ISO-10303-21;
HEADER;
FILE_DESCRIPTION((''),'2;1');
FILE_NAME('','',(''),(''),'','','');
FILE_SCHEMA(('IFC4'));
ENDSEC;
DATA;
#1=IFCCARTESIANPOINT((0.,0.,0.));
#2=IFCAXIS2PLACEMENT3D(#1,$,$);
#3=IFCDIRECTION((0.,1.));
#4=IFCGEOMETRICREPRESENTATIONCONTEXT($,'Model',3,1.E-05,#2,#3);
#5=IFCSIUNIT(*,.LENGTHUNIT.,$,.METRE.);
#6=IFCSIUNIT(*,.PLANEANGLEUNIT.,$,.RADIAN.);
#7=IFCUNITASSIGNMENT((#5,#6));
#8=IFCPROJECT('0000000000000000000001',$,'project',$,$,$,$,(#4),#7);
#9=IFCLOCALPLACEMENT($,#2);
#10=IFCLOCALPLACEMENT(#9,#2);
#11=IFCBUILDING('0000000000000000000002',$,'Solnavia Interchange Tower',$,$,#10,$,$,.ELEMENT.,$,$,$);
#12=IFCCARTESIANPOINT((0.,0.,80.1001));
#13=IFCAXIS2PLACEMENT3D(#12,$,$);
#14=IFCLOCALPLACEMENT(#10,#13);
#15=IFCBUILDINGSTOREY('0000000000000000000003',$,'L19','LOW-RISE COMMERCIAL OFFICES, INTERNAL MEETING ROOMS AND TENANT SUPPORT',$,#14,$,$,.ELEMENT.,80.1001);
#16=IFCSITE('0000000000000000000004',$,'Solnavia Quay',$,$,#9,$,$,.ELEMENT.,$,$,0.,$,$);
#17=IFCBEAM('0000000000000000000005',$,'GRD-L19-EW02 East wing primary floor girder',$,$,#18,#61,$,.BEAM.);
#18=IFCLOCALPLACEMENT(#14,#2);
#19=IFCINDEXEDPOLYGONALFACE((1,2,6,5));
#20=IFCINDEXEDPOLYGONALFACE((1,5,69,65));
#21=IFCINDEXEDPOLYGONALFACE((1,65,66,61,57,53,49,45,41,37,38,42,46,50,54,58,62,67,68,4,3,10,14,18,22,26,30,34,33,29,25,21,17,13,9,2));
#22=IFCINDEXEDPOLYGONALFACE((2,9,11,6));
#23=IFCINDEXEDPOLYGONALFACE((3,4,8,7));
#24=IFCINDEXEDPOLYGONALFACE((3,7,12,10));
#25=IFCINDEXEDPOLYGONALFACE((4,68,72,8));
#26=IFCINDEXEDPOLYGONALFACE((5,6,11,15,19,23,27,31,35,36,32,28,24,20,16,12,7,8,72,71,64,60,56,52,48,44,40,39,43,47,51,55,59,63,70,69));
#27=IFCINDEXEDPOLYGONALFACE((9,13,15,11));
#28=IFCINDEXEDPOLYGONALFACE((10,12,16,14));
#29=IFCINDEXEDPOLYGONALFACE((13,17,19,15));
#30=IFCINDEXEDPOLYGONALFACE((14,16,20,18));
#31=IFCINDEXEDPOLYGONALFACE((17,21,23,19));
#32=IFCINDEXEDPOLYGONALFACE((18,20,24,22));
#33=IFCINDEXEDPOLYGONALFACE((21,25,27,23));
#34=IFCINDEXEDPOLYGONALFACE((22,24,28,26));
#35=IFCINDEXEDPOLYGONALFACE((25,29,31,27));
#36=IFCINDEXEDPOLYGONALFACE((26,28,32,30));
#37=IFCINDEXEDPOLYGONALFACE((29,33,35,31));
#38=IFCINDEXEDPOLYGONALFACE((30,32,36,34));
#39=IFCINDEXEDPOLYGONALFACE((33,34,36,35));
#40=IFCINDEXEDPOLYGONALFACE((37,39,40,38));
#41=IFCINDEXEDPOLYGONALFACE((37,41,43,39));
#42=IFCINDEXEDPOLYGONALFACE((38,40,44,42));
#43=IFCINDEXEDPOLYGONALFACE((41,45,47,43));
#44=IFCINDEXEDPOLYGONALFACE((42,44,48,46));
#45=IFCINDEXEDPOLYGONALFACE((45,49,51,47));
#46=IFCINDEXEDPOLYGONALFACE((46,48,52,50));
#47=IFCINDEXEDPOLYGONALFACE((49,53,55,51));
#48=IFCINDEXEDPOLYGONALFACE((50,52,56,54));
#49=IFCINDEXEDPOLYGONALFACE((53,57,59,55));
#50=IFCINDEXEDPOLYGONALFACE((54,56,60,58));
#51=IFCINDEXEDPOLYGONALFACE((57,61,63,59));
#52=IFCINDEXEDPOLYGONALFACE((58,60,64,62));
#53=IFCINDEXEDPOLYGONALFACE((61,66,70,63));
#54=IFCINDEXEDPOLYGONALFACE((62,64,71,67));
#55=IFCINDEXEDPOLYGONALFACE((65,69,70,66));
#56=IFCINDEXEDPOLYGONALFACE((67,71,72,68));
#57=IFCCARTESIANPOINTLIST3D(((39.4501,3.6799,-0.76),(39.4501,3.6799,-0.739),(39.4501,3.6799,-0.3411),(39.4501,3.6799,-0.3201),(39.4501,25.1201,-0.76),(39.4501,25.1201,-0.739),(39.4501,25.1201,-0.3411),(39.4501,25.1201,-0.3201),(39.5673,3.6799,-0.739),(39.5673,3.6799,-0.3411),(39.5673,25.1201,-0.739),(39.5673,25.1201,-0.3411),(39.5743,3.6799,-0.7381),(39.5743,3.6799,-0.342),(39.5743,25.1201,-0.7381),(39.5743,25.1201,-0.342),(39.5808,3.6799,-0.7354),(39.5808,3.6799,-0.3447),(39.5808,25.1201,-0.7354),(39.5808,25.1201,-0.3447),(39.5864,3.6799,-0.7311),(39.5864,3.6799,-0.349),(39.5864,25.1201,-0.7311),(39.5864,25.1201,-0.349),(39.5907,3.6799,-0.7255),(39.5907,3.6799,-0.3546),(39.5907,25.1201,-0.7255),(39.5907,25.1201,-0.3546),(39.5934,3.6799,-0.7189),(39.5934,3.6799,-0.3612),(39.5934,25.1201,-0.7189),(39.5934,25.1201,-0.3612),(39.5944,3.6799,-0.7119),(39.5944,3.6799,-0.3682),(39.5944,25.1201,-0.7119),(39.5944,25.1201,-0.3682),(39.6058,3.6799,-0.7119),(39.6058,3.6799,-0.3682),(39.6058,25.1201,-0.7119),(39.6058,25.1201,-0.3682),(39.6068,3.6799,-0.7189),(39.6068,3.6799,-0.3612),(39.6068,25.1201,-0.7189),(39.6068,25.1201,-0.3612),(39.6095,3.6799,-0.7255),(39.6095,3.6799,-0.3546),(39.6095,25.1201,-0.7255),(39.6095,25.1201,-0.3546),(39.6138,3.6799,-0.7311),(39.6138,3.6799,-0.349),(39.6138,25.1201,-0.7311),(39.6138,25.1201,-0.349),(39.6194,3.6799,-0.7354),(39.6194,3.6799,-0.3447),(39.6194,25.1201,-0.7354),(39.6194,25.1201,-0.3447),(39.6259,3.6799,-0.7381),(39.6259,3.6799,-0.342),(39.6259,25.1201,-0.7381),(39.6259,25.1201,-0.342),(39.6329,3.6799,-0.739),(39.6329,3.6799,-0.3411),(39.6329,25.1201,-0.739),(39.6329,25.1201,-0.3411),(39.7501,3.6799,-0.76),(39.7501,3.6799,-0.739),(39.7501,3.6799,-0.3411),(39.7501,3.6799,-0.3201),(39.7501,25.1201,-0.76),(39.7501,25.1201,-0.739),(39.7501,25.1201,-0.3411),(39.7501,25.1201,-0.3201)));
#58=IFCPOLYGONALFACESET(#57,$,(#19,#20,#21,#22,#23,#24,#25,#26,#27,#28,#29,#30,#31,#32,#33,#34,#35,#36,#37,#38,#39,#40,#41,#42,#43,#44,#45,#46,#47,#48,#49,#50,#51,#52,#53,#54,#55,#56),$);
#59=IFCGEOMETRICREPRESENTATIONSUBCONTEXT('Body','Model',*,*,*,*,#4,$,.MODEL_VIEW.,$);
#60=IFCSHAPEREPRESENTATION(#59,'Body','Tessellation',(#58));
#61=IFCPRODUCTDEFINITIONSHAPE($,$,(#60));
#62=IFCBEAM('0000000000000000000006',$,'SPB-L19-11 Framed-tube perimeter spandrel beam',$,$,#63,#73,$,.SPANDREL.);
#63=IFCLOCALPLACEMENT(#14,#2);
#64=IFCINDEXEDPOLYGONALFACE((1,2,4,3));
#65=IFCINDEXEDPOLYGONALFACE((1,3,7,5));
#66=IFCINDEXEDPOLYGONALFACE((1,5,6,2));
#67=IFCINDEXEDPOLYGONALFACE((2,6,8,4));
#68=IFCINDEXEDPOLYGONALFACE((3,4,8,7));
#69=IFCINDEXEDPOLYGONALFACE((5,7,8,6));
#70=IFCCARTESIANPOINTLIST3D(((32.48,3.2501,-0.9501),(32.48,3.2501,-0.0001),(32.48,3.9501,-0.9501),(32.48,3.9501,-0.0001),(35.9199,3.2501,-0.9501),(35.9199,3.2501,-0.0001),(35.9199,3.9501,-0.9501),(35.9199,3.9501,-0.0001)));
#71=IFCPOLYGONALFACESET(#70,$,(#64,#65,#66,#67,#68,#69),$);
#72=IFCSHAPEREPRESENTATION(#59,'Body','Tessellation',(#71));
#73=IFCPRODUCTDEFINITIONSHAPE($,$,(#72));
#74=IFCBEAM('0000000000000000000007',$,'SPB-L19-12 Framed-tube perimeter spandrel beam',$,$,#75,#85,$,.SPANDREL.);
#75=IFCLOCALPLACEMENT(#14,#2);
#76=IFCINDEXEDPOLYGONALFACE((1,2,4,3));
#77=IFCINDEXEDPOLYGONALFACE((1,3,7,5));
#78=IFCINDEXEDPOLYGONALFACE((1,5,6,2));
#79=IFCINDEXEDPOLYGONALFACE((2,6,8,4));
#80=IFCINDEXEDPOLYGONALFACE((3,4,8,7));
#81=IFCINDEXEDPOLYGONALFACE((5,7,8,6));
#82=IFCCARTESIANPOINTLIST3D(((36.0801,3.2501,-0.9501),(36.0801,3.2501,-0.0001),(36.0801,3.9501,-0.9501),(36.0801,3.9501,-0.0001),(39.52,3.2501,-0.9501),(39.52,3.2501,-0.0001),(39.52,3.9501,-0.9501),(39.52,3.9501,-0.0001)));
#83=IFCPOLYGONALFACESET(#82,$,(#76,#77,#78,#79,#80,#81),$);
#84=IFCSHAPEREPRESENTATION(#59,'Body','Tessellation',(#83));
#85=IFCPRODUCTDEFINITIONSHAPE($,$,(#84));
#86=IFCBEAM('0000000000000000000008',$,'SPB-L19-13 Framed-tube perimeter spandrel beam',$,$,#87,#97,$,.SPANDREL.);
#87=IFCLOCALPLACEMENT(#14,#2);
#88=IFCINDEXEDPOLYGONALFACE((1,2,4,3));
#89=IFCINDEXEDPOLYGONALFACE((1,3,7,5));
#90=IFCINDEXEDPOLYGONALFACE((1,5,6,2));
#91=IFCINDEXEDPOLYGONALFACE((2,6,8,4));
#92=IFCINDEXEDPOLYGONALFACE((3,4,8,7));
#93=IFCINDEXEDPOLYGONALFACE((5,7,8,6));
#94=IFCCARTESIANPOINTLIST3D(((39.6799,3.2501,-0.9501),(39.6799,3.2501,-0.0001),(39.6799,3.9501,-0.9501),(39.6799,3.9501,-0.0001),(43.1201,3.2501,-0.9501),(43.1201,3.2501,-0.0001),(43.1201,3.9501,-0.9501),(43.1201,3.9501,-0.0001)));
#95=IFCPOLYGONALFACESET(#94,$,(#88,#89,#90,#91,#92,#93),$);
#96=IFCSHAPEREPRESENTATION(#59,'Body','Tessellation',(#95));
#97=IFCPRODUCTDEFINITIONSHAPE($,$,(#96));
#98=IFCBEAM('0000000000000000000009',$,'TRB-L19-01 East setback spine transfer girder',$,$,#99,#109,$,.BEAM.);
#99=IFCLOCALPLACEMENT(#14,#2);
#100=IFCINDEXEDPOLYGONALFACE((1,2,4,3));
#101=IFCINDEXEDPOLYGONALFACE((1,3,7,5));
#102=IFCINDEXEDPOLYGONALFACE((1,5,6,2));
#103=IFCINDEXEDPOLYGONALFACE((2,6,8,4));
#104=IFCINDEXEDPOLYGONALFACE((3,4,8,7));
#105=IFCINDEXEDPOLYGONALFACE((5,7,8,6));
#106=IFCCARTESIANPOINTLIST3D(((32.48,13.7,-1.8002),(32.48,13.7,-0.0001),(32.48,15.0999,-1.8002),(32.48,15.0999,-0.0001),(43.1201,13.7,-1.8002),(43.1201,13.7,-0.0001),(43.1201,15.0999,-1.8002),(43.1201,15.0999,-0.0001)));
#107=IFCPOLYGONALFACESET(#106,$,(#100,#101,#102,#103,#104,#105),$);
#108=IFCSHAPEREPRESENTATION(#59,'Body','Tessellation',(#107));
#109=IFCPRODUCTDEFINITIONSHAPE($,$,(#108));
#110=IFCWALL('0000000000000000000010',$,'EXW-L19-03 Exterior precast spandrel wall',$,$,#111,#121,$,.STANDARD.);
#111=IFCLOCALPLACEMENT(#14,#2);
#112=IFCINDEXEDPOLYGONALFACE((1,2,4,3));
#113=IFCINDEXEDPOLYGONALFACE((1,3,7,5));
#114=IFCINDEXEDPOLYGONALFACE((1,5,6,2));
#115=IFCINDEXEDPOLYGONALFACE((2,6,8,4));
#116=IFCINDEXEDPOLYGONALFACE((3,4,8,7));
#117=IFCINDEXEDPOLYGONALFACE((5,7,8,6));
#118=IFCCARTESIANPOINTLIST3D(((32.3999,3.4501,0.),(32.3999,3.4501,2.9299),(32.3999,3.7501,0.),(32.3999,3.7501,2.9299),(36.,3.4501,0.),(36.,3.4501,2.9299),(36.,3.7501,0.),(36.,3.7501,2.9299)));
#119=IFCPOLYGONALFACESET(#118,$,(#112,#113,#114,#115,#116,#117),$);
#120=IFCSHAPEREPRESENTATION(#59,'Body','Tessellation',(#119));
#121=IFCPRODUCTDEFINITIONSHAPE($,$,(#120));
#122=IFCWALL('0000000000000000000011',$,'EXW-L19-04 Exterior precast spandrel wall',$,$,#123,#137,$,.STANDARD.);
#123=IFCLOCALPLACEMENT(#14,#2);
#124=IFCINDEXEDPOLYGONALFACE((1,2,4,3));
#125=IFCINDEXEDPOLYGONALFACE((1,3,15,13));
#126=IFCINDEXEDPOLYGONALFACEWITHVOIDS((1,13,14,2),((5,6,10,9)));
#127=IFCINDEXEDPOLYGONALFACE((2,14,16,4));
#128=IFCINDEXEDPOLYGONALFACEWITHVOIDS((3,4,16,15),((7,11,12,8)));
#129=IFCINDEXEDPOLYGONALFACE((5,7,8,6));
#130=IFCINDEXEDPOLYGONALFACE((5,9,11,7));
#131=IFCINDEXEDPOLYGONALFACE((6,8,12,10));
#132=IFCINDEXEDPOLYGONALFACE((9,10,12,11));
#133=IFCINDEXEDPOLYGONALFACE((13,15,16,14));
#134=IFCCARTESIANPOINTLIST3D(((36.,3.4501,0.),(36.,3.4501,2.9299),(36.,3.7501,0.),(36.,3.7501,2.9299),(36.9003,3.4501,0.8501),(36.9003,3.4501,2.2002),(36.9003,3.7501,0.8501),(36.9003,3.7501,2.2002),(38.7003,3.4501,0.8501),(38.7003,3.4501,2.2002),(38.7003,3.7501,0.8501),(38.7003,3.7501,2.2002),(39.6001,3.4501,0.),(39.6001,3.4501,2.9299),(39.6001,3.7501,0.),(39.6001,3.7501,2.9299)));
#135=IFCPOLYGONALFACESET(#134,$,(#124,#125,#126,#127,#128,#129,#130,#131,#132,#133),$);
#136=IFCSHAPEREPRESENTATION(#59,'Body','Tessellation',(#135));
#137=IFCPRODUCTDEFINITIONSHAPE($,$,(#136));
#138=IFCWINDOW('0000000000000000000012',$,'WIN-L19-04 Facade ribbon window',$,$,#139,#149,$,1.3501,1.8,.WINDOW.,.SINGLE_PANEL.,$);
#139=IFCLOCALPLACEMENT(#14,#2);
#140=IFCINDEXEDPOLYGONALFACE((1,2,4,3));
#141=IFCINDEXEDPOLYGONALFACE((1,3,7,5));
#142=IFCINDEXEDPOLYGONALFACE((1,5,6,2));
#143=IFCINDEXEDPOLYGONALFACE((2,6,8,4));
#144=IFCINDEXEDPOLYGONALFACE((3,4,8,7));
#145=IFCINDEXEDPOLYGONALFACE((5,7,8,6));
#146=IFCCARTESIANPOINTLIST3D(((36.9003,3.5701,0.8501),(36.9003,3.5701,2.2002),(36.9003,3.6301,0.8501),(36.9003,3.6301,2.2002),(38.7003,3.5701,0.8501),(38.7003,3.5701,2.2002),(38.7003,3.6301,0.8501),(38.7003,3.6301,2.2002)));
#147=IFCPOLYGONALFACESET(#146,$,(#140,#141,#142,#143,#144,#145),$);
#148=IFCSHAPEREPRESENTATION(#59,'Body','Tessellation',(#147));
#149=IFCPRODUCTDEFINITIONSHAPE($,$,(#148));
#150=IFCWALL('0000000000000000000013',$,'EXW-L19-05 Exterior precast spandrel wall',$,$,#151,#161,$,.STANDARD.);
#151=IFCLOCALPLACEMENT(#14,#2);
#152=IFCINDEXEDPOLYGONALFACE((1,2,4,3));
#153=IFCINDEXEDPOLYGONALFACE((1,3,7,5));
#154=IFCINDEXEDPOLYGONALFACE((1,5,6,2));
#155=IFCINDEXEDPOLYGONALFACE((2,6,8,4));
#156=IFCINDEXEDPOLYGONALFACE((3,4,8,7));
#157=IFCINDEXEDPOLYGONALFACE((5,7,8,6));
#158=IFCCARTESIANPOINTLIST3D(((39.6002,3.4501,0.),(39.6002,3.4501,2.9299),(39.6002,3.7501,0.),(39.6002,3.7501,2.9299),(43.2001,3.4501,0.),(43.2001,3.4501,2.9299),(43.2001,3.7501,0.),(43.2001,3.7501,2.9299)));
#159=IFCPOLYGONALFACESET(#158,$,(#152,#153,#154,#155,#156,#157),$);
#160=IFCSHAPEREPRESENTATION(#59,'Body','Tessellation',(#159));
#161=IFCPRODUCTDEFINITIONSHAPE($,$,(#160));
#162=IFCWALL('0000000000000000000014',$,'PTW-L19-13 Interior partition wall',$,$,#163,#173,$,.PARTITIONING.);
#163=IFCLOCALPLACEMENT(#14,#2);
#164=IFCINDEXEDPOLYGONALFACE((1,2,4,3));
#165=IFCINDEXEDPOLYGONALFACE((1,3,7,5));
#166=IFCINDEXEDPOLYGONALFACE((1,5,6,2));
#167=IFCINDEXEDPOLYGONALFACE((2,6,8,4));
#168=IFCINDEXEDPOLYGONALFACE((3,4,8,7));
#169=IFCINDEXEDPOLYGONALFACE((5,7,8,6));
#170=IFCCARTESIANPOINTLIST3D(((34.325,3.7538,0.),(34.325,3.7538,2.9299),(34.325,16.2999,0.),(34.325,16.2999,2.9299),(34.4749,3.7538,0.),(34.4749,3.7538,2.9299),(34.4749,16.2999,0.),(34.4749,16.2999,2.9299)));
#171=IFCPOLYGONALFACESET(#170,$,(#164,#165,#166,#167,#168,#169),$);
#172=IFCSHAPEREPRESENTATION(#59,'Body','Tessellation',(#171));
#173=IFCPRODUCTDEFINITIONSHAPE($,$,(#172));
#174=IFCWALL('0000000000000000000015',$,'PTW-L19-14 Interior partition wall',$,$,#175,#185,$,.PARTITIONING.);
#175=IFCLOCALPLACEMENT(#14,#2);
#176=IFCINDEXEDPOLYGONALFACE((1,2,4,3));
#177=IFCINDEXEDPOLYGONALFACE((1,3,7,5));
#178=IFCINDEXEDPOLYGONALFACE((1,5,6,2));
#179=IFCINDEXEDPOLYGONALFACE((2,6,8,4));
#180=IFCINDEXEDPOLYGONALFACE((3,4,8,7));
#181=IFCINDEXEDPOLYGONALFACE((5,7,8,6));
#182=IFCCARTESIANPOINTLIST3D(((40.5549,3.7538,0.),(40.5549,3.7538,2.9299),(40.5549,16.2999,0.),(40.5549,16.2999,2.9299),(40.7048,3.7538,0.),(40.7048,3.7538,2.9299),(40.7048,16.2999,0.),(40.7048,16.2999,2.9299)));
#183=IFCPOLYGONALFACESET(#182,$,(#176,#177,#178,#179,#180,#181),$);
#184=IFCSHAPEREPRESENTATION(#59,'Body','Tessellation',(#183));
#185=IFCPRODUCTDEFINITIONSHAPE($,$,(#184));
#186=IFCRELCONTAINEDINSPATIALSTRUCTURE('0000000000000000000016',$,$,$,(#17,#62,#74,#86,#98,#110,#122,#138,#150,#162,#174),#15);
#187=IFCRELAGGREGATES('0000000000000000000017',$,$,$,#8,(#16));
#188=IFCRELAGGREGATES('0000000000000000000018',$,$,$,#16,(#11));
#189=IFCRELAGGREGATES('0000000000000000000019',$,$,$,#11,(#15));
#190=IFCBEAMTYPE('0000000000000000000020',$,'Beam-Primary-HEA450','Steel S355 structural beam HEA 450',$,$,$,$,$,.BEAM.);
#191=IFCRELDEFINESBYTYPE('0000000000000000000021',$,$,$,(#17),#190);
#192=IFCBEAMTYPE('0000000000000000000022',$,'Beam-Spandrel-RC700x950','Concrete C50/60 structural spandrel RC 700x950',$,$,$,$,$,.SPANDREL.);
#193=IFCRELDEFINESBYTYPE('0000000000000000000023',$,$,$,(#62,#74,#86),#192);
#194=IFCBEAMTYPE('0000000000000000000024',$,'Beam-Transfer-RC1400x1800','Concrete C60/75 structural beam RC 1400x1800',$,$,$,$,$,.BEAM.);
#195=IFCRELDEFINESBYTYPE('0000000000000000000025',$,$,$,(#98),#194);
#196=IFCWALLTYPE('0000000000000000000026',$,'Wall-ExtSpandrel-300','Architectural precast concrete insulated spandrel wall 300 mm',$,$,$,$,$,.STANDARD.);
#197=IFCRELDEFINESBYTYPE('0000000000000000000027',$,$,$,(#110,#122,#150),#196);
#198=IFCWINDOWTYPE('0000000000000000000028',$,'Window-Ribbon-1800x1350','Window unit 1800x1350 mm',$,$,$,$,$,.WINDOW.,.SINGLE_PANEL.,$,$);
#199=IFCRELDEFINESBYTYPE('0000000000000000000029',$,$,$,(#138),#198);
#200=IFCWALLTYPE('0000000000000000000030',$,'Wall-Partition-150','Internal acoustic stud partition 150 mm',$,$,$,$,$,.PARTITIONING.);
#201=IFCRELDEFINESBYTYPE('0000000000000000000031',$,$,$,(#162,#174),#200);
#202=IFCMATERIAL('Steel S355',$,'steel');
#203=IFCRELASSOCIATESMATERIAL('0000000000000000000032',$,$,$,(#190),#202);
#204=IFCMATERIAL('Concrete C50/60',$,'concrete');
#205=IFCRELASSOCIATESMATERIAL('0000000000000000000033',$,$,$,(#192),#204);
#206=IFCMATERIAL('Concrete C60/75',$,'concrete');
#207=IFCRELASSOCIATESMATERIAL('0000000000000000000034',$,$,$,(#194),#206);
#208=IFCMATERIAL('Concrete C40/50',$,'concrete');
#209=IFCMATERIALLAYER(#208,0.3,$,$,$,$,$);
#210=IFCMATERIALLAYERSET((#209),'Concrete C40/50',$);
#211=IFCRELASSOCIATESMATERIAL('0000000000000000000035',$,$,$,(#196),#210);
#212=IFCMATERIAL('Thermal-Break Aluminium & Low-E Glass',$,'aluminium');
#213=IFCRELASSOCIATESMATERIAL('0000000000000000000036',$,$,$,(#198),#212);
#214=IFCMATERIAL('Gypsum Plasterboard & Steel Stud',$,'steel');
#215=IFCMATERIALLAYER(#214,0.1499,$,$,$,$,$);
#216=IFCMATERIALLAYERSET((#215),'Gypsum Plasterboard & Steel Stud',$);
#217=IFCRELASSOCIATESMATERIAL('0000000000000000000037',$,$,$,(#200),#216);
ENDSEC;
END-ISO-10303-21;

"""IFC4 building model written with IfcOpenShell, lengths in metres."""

from ifc_helpers import new_model, si_unit, direction, frame, frame_2d, origin, origin_2d, place, context, subcontext, project, spatial, rectangle, i_section, extrude, material, layer, layer_set, material_profile, profile_set, type_object, element, fill, save


model = new_model("IFC4")

# Units and contexts
model_context = context("Model", 3, precision=1e-05, world=origin(), true_north=direction((0.0, 1.0)))
body_context = subcontext(model_context, "Body", "Model", "MODEL_VIEW")
ifc_project = project(units=[si_unit("LENGTHUNIT", "METRE"), si_unit("PLANEANGLEUNIT", "RADIAN")], contexts=[model_context])

# Site, building, storey
site_placement = place(None, origin())
site = spatial("IfcSite", under=ifc_project, at=site_placement, Name="Solnavia Quay", CompositionType="ELEMENT", RefElevation=0.0)
building_placement = place(site_placement, origin())
building = spatial("IfcBuilding", under=site, at=building_placement, Name="Solnavia Interchange Tower", CompositionType="ELEMENT")
storey_placement = place(building_placement, frame((0.0, 0.0, 80.1001)))
storey = spatial("IfcBuildingStorey", under=building, at=storey_placement, Name="L19", Description="LOW-RISE COMMERCIAL OFFICES, INTERNAL MEETING ROOMS AND TENANT SUPPORT", CompositionType="ELEMENT", Elevation=80.1001)

# Shared definitions
ifc_material_1 = material(Name="Concrete C50/60", Category="concrete")
ifc_material_2 = material(Name="Steel S355", Category="steel")

# Beams
ifc_material_profile_1 = material_profile(ifc_material_2, i_section(OverallWidth=0.3, OverallDepth=0.4399, WebThickness=0.0115, FlangeThickness=0.021, FilletRadius=0.0271, at=origin_2d()), Name="HEA 450")
ifc_profile_set_1 = profile_set([ifc_material_profile_1], Name="Steel S355")
beam_type_1 = type_object("IfcBeamType", Name="Beam-Primary-HEA450", Description="Steel S355 structural beam HEA 450", PredefinedType="BEAM", material=ifc_profile_set_1)
beam_1_placement = place(storey_placement, frame((39.6001, 3.6799, -0.54), z_axis=(0.0, 1.0, 0.0), x_axis=(-1.0, 0.0, 0.0)))
element("IfcBeam", 1, at=beam_1_placement, inside=storey, type_object=beam_type_1, Name="GRD-L19-EW02 East wing primary floor girder", PredefinedType="BEAM", context=body_context, shape_type="SweptSolid", body=[
    extrude(i_section(OverallWidth=0.3, OverallDepth=0.4399, WebThickness=0.0115, FlangeThickness=0.021, FilletRadius=0.0271, at=origin_2d()), origin(), (0.0, 0.0, 1.0), 21.4402),
])
ifc_material_profile_2 = material_profile(ifc_material_1, rectangle(XDim=0.7, YDim=0.95, at=origin_2d()), Name="RC 700x950")
ifc_profile_set_2 = profile_set([ifc_material_profile_2], Name="Concrete C50/60")
beam_type_2 = type_object("IfcBeamType", Name="Beam-Spandrel-RC700x950", Description="Concrete C50/60 structural spandrel RC 700x950", PredefinedType="SPANDREL", material=ifc_profile_set_2)
for number, where, z_axis, x_axis, name in (
    (2, (32.48, 3.6001, -0.4751), (1.0, 0.0, 0.0), (0.0, 1.0, 0.0), "SPB-L19-11 Framed-tube perimeter spandrel beam"),
    (3, (36.0801, 3.6001, -0.4751), (1.0, 0.0, 0.0), (0.0, 1.0, 0.0), "SPB-L19-12 Framed-tube perimeter spandrel beam"),
):
    element("IfcBeam", number, at=place(storey_placement, frame(where, z_axis=z_axis, x_axis=x_axis)), inside=storey, type_object=beam_type_2, Name=name, PredefinedType="SPANDREL", context=body_context, shape_type="SweptSolid", body=[
        extrude(rectangle(XDim=0.7, YDim=0.95, at=origin_2d()), origin(), (0.0, 0.0, 1.0), 3.4399),
    ])
beam_2_placement = place(storey_placement, frame((39.6799, 3.6001, -0.4751), z_axis=(1.0, 0.0, 0.0), x_axis=(0.0, 1.0, 0.0)))
element("IfcBeam", 4, at=beam_2_placement, inside=storey, type_object=beam_type_2, Name="SPB-L19-13 Framed-tube perimeter spandrel beam", PredefinedType="SPANDREL", context=body_context, shape_type="SweptSolid", body=[
    extrude(rectangle(XDim=0.7, YDim=0.95, at=origin_2d()), origin(), (0.0, 0.0, 1.0), 3.4402),
])
ifc_material_3 = material(Name="Concrete C60/75", Category="concrete")
ifc_material_profile_3 = material_profile(ifc_material_3, rectangle(XDim=1.3999, YDim=1.8, at=origin_2d()), Name="RC 1400x1800")
ifc_profile_set_3 = profile_set([ifc_material_profile_3], Name="Concrete C60/75")
beam_type_3 = type_object("IfcBeamType", Name="Beam-Transfer-RC1400x1800", Description="Concrete C60/75 structural beam RC 1400x1800", PredefinedType="BEAM", material=ifc_profile_set_3)
beam_3_placement = place(storey_placement, frame((32.48, 14.3999, -0.9001), z_axis=(1.0, 0.0, 0.0), x_axis=(0.0, 1.0, 0.0)))
element("IfcBeam", 5, at=beam_3_placement, inside=storey, type_object=beam_type_3, Name="TRB-L19-01 East setback spine transfer girder", PredefinedType="BEAM", context=body_context, shape_type="SweptSolid", body=[
    extrude(rectangle(XDim=1.3999, YDim=1.8, at=origin_2d()), origin(), (0.0, 0.0, 1.0), 10.6401),
])

# Wall
ifc_material_4 = material(Name="Concrete C40/50", Category="concrete")
ifc_layer_1 = layer(ifc_material_4, 0.3)
ifc_layer_set_1 = layer_set([ifc_layer_1], Name="Concrete C40/50")
wall_type_1 = type_object("IfcWallType", Name="Wall-ExtSpandrel-300", Description="Architectural precast concrete insulated spandrel wall 300 mm", PredefinedType="STANDARD", material=ifc_layer_set_1)
wall_1_placement = place(storey_placement, frame((36.0, 3.6001, 0.0), z_axis=(0.0, 0.0, 1.0), x_axis=(-1.0, 0.0, 0.0)))
element("IfcWall", 6, at=wall_1_placement, inside=storey, type_object=wall_type_1, Name="EXW-L19-03 Exterior precast spandrel wall", PredefinedType="STANDARD", context=body_context, shape_type="SweptSolid", body=[
    extrude(rectangle(XDim=3.6001, YDim=0.3, at=frame_2d((1.8, 0.0))), origin(), (0.0, 0.0, 1.0), 2.9299),
])

# Wall, opening, window
wall_2_placement = place(storey_placement, frame((39.6001, 3.6001, 0.0), z_axis=(0.0, 0.0, 1.0), x_axis=(-1.0, 0.0, 0.0)))
wall_2 = element("IfcWall", 7, at=wall_2_placement, inside=storey, type_object=wall_type_1, Name="EXW-L19-04 Exterior precast spandrel wall", PredefinedType="STANDARD", context=body_context, shape_type="SweptSolid", body=[
    extrude(rectangle(XDim=3.6001, YDim=0.3, at=frame_2d((1.8, 0.0))), origin(), (0.0, 0.0, 1.0), 2.9299),
])
opening_1_placement = place(wall_2_placement, frame((0.8999, 0.0, 0.8501)))
opening_1 = element("IfcOpeningElement", 8, at=opening_1_placement, cuts=wall_2, PredefinedType="OPENING", context=body_context, shape_type="SweptSolid", body=[
    extrude(rectangle(XDim=1.8, YDim=1.3501, at=frame_2d((0.8999, 0.675))), frame((0.0, 0.1602, 0.0), z_axis=(0.0, -1.0, 0.0), x_axis=(1.0, 0.0, 0.0)), (0.0, 0.0, 1.0), 0.3201),
])
ifc_material_5 = material(Name="Thermal-Break Aluminium & Low-E Glass", Category="aluminium")
window_type = type_object("IfcWindowType", Name="Window-Ribbon-1800x1350", Description="Window unit 1800x1350 mm", PartitioningType="SINGLE_PANEL", PredefinedType="WINDOW", material=ifc_material_5)
window_placement = place(opening_1_placement, origin())
window = element("IfcWindow", 9, at=window_placement, inside=storey, type_object=window_type, Name="WIN-L19-04 Facade ribbon window", OverallHeight=1.3501, OverallWidth=1.8, PartitioningType="SINGLE_PANEL", PredefinedType="WINDOW", context=body_context, shape_type="SweptSolid", body=[
    extrude(rectangle(XDim=1.8, YDim=1.3501, at=frame_2d((0.8999, 0.675))), frame((0.0, 0.03, 0.0), z_axis=(0.0, -1.0, 0.0), x_axis=(1.0, 0.0, 0.0)), (0.0, 0.0, 1.0), 0.0601),
])
fill(opening_1, window)

# Walls
wall_3_placement = place(storey_placement, frame((43.2, 3.6001, 0.0), z_axis=(0.0, 0.0, 1.0), x_axis=(-1.0, 0.0, 0.0)))
element("IfcWall", 10, at=wall_3_placement, inside=storey, type_object=wall_type_1, Name="EXW-L19-05 Exterior precast spandrel wall", PredefinedType="STANDARD", context=body_context, shape_type="SweptSolid", body=[
    extrude(rectangle(XDim=3.5999, YDim=0.3, at=frame_2d((1.7998, 0.0))), origin(), (0.0, 0.0, 1.0), 2.9299),
])
ifc_material_6 = material(Name="Gypsum Plasterboard & Steel Stud", Category="steel")
ifc_layer_2 = layer(ifc_material_6, 0.1499)
ifc_layer_set_2 = layer_set([ifc_layer_2], Name="Gypsum Plasterboard & Steel Stud")
wall_type_2 = type_object("IfcWallType", Name="Wall-Partition-150", Description="Internal acoustic stud partition 150 mm", PredefinedType="PARTITIONING", material=ifc_layer_set_2)
for number, where, z_axis, x_axis, name in (
    (11, (34.3999, 3.7539, 0.0), (0.0, 0.0, 1.0), (0.0, 1.0, 0.0), "PTW-L19-13 Interior partition wall"),
    (12, (40.6299, 3.7539, 0.0), (0.0, 0.0, 1.0), (0.0, 1.0, 0.0), "PTW-L19-14 Interior partition wall"),
):
    element("IfcWall", number, at=place(storey_placement, frame(where, z_axis=z_axis, x_axis=x_axis)), inside=storey, type_object=wall_type_2, Name=name, PredefinedType="PARTITIONING", context=body_context, shape_type="SweptSolid", body=[
        extrude(rectangle(XDim=12.5461, YDim=0.1499, at=frame_2d((6.2729, 0.0))), origin(), (0.0, 0.0, 1.0), 2.9299),
    ])

save(model, "model.ifc")
